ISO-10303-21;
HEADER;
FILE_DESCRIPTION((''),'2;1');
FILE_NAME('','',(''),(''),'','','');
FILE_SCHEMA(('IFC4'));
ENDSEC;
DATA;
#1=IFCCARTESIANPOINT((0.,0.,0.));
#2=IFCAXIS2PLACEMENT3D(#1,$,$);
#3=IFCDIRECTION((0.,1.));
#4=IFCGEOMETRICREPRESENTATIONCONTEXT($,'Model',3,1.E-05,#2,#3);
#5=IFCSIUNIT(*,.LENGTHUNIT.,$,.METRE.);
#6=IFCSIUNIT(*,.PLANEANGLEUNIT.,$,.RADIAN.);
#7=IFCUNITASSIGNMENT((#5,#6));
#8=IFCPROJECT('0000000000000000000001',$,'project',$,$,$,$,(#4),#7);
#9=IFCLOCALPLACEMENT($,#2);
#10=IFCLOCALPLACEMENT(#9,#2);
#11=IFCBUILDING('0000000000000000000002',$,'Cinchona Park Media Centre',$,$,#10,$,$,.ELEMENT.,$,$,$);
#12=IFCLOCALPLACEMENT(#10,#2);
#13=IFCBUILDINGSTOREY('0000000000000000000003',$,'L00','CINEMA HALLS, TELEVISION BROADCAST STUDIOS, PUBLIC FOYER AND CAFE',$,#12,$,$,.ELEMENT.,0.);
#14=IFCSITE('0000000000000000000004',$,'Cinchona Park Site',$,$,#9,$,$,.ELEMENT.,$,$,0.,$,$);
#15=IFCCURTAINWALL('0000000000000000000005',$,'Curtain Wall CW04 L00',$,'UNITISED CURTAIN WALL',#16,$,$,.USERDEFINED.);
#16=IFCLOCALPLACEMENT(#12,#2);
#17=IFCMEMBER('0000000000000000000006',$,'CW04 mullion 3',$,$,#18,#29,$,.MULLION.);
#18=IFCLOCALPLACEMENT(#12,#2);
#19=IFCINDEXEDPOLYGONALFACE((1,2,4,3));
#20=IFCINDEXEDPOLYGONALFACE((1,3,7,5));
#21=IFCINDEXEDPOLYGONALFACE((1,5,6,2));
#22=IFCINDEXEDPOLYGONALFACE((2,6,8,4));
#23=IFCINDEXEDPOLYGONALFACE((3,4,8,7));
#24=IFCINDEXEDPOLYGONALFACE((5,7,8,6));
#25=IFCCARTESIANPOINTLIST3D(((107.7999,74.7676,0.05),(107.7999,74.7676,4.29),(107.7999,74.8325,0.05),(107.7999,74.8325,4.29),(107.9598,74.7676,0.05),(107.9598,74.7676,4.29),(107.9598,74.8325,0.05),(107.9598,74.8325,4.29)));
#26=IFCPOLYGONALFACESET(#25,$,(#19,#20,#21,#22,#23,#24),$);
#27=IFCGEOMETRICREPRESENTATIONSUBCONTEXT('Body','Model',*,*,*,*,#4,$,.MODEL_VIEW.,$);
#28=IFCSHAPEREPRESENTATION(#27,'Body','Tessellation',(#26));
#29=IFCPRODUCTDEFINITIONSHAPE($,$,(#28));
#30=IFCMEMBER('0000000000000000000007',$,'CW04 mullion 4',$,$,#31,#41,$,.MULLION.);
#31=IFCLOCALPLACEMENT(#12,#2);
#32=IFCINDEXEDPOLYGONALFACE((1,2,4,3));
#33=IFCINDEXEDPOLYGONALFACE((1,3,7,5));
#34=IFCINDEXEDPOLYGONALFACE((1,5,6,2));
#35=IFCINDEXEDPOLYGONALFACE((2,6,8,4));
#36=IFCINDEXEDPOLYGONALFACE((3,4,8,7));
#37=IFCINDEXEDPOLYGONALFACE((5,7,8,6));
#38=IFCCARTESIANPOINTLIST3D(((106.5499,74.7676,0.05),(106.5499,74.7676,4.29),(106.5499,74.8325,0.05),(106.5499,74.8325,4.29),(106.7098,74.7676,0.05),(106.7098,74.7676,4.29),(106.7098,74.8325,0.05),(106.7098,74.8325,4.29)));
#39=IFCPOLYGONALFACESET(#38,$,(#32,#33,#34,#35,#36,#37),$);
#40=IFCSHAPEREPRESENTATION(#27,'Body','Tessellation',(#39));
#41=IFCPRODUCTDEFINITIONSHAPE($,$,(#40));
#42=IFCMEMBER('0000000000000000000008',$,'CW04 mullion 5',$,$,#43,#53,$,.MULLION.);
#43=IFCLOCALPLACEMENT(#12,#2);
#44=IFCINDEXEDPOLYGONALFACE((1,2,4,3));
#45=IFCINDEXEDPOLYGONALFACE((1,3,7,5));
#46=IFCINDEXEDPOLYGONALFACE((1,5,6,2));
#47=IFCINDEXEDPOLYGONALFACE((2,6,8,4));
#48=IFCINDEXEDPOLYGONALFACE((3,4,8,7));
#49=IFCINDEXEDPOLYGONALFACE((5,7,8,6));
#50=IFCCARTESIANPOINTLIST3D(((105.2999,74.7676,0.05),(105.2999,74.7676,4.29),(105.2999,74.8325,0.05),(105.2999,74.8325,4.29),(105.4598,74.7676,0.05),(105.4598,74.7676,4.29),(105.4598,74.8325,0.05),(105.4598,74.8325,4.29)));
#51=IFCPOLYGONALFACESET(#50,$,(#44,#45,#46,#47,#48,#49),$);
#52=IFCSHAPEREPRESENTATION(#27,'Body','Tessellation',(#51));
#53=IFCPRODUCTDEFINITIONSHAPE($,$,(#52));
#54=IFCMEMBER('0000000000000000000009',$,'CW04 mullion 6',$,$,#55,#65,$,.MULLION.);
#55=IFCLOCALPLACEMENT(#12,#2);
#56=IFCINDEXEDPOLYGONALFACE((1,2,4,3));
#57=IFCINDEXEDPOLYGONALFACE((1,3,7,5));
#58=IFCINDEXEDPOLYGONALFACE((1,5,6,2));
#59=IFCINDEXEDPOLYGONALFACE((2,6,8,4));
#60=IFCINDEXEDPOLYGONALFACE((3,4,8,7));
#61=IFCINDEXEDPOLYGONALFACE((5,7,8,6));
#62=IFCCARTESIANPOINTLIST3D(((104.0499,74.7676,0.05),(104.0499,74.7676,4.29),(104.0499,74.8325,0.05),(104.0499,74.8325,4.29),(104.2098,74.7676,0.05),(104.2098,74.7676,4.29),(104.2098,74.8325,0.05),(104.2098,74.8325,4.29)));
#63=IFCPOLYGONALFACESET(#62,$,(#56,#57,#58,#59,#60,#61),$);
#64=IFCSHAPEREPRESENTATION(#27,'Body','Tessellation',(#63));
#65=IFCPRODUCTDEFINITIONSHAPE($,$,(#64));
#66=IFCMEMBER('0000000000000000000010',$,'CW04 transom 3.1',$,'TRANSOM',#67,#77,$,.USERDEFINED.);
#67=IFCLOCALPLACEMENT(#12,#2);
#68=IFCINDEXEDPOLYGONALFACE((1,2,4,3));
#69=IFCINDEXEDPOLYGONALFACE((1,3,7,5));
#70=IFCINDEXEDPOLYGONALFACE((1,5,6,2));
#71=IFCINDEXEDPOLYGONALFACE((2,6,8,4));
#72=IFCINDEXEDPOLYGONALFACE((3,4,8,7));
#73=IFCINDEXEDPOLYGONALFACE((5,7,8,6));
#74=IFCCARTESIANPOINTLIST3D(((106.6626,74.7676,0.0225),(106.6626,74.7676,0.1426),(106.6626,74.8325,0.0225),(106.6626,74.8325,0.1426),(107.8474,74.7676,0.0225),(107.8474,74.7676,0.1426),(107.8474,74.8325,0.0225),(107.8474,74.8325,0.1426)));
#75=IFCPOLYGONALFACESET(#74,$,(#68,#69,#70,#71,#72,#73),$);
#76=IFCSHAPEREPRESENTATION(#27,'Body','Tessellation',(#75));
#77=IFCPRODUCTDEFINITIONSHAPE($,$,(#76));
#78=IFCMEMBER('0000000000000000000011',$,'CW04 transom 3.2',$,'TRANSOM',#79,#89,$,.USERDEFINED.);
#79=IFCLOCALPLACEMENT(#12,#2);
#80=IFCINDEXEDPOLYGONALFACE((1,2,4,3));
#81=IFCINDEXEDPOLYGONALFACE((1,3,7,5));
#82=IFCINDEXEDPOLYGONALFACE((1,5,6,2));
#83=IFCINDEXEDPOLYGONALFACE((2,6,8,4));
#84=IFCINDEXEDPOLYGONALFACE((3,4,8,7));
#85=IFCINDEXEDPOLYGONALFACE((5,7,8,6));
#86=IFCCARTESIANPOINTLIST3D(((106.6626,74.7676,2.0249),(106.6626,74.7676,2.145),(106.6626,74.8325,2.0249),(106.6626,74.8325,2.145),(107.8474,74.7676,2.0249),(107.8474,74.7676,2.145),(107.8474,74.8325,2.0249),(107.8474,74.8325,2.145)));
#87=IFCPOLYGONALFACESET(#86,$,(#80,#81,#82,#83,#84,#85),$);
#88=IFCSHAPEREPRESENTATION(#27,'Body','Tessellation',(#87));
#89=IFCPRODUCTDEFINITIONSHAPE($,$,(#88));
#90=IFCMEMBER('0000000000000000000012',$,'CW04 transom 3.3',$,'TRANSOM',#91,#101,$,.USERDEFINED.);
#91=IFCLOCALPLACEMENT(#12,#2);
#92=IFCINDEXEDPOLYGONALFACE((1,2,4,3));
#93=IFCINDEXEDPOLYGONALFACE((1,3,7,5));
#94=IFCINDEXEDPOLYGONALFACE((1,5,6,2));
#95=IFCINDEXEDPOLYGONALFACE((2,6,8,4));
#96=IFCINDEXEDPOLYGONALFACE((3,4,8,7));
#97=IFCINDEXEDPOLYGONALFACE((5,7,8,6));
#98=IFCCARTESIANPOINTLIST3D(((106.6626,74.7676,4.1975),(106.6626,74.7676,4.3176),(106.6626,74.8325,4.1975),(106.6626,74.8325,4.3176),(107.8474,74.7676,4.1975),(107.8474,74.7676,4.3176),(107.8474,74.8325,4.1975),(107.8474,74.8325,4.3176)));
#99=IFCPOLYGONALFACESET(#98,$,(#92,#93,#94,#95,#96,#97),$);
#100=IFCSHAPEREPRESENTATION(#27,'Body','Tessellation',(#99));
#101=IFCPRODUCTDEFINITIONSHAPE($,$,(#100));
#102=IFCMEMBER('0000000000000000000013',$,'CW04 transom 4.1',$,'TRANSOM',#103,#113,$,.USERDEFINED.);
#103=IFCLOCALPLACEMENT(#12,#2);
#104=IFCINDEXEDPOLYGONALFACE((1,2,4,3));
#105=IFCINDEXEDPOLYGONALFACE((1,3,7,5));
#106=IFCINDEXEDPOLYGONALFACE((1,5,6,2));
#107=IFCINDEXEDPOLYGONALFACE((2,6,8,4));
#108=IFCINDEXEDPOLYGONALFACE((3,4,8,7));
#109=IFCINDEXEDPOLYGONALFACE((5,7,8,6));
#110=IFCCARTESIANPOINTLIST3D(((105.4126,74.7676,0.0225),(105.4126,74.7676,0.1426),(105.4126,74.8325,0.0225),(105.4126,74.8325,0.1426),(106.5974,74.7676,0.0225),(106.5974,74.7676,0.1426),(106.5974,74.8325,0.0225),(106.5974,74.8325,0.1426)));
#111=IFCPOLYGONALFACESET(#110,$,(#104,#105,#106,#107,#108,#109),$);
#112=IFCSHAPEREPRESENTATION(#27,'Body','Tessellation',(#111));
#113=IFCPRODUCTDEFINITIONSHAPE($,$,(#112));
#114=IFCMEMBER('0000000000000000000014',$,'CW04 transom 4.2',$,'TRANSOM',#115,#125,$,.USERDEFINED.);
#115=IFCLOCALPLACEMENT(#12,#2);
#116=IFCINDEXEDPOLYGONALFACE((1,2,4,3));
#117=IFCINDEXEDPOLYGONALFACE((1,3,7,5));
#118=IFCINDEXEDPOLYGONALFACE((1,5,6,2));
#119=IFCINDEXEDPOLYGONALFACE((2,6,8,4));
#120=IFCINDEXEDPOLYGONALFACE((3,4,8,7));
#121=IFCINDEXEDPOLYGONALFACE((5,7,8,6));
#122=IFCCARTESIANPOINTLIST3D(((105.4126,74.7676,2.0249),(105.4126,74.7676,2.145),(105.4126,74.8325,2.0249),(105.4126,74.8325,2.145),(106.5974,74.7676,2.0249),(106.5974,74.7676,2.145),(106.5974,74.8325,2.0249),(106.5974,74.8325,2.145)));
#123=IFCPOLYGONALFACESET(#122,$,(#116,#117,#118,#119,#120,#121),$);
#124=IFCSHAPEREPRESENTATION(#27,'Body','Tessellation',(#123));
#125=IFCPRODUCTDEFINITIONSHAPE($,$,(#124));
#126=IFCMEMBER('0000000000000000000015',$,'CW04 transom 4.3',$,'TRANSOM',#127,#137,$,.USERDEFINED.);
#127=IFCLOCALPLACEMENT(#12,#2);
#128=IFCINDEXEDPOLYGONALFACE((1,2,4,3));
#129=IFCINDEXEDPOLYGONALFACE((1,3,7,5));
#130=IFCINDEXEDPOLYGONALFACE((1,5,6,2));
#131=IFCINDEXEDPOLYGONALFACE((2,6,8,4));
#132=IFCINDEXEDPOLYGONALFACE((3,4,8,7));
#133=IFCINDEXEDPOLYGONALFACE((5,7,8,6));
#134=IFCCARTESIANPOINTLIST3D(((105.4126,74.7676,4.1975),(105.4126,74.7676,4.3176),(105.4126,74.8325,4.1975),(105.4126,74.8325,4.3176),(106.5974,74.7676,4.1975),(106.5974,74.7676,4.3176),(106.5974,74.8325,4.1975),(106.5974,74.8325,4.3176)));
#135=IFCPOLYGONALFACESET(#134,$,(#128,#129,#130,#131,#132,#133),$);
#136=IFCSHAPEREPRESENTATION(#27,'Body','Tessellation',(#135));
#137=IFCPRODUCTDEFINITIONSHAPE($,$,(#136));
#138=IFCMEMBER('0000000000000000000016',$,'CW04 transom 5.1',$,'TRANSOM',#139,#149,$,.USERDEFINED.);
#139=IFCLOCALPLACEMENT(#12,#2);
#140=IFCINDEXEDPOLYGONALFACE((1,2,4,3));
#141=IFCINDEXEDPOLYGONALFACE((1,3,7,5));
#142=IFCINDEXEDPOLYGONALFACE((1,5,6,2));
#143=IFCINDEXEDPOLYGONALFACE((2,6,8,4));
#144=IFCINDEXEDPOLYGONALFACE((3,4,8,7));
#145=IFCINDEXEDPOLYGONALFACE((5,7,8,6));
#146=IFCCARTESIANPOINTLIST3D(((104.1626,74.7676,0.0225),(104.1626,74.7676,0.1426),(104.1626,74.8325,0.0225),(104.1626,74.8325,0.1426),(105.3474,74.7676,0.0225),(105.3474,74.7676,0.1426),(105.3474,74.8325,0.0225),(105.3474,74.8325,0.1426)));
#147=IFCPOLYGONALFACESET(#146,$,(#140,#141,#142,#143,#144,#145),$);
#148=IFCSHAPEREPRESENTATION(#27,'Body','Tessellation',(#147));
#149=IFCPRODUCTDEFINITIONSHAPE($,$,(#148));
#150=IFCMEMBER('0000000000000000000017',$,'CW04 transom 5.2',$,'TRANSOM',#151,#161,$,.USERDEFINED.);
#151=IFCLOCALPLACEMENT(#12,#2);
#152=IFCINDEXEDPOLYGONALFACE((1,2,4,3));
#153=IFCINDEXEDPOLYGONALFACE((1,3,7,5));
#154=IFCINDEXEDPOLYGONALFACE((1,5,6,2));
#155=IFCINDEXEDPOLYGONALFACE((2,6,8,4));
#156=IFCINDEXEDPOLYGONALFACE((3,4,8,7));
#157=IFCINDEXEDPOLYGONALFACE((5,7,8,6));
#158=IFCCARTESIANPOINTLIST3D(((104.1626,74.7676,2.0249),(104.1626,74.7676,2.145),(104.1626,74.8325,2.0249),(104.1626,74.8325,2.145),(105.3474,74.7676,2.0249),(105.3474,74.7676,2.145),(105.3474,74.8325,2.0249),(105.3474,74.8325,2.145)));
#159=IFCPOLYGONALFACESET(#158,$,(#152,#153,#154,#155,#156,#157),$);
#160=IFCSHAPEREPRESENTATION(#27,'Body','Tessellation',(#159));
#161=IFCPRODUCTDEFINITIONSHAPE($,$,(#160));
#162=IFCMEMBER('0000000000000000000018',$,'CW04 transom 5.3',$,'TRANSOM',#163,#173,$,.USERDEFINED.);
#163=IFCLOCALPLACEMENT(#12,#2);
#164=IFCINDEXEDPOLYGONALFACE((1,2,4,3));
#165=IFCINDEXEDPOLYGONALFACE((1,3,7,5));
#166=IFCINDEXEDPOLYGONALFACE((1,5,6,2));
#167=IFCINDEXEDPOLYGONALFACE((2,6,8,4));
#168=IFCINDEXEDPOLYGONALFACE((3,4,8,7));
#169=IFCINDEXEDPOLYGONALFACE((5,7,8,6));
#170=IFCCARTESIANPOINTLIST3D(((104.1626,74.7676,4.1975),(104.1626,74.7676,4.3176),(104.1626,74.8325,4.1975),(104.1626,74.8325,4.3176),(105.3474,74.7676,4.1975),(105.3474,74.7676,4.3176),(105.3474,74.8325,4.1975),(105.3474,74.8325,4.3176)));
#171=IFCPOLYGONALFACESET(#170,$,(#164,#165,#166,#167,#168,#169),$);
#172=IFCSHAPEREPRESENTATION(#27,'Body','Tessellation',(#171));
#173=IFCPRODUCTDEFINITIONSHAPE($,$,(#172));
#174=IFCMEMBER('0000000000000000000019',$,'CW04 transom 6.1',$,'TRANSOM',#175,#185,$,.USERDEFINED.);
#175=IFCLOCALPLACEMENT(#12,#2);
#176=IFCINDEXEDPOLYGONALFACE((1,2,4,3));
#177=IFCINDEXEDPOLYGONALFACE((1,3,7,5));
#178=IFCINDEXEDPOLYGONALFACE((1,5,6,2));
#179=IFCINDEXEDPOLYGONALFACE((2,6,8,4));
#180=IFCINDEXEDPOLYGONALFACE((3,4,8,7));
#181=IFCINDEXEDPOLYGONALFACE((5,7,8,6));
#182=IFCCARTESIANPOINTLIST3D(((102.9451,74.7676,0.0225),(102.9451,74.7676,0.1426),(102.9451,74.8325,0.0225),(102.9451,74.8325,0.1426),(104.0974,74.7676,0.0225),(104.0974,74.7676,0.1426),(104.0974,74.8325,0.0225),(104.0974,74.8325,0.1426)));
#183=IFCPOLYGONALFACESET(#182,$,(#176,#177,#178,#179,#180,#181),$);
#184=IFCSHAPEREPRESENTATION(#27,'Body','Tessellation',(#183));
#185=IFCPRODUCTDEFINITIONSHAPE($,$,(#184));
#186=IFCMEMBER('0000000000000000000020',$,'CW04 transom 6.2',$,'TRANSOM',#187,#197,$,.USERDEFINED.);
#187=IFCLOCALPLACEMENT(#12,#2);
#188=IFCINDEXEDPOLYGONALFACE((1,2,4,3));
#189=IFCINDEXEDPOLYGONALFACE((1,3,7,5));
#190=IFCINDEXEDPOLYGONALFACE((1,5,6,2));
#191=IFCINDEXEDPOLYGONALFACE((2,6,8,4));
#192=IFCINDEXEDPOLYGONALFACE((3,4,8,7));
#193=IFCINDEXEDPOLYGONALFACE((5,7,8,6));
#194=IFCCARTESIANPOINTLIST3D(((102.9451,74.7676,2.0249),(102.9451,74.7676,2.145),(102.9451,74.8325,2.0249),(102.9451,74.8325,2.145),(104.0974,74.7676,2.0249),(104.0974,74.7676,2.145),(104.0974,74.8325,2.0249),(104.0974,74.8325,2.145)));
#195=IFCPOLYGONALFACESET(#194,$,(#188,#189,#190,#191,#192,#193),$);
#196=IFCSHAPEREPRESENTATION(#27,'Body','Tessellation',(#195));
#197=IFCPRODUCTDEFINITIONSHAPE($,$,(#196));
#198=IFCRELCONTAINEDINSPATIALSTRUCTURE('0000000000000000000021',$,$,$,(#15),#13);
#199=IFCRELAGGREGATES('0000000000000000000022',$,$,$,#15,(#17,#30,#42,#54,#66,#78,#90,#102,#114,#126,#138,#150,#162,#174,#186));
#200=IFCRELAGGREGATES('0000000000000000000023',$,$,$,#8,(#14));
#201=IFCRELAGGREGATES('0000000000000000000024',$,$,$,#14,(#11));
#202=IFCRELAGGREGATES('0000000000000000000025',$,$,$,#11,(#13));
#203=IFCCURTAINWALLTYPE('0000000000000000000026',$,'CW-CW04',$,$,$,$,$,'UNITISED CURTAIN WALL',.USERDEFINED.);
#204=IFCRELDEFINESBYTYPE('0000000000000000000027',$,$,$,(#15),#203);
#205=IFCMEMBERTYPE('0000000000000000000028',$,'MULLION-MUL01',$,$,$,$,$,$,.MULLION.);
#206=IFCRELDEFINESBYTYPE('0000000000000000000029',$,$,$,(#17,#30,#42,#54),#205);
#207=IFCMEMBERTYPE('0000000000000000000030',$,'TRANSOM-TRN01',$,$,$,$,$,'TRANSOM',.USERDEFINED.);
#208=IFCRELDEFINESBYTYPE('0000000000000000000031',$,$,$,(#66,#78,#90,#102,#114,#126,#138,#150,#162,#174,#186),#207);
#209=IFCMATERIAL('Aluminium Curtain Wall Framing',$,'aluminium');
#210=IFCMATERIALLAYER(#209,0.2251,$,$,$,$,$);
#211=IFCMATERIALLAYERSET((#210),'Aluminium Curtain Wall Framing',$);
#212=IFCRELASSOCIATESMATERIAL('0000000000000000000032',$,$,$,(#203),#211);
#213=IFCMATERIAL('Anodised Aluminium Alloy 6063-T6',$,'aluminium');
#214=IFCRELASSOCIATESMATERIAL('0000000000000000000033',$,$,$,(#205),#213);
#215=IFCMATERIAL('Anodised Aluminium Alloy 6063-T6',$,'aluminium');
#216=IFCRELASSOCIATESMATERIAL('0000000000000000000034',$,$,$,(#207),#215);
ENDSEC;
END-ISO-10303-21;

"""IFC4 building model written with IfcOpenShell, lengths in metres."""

from ifc_helpers import new_model, si_unit, direction, frame, origin, origin_2d, place, context, subcontext, project, spatial, rectangle, extrude, material, layer, layer_set, material_profile, profile_set, type_object, element, aggregate, save


model = new_model("IFC4")

# Units and contexts
model_context = context("Model", 3, precision=1e-05, world=origin(), true_north=direction((0.0, 1.0)))
body_context = subcontext(model_context, "Body", "Model", "MODEL_VIEW")
ifc_project = project(units=[si_unit("LENGTHUNIT", "METRE"), si_unit("PLANEANGLEUNIT", "RADIAN")], contexts=[model_context])

# Site, building, storey
site_placement = place(None, origin())
site = spatial("IfcSite", under=ifc_project, at=site_placement, Name="Cinchona Park Site", CompositionType="ELEMENT", RefElevation=0.0)
building_placement = place(site_placement, origin())
building = spatial("IfcBuilding", under=site, at=building_placement, Name="Cinchona Park Media Centre", CompositionType="ELEMENT")
storey_placement = place(building_placement, origin())
storey = spatial("IfcBuildingStorey", under=building, at=storey_placement, Name="L00", Description="CINEMA HALLS, TELEVISION BROADCAST STUDIOS, PUBLIC FOYER AND CAFE", CompositionType="ELEMENT", Elevation=0.0)

# Curtain wall, members
ifc_material_1 = material(Name="Aluminium Curtain Wall Framing", Category="aluminium")
ifc_layer_1 = layer(ifc_material_1, 0.2251)
ifc_layer_set_1 = layer_set([ifc_layer_1], Name="Aluminium Curtain Wall Framing")
curtain_wall_type = type_object("IfcCurtainWallType", Name="CW-CW04", ElementType="UNITISED CURTAIN WALL", PredefinedType="USERDEFINED", material=ifc_layer_set_1)
curtain_wall_placement = place(storey_placement, origin())
curtain_wall = element("IfcCurtainWall", 1, at=curtain_wall_placement, inside=storey, type_object=curtain_wall_type, Name="Curtain Wall CW04 L00", ObjectType="UNITISED CURTAIN WALL", PredefinedType="USERDEFINED")
ifc_material_2 = material(Name="Anodised Aluminium Alloy 6063-T6", Category="aluminium")
ifc_material_profile_1 = material_profile(ifc_material_2, rectangle(XDim=0.0649, YDim=0.1599, at=origin_2d()), Name="MUL-65X160")
ifc_profile_set_1 = profile_set([ifc_material_profile_1], Name="Anodised Aluminium Alloy 6063-T6")
member_type_1 = type_object("IfcMemberType", Name="MULLION-MUL01", PredefinedType="MULLION", material=ifc_profile_set_1)
member_1_placement = place(storey_placement, frame((107.8799, 74.8, 0.05), z_axis=(0.0, 0.0, 1.0), x_axis=(0.0, -1.0, 0.0)))
member_1 = element("IfcMember", 2, at=member_1_placement, type_object=member_type_1, Name="CW04 mullion 3", PredefinedType="MULLION", context=body_context, shape_type="SweptSolid", body=[
    extrude(rectangle(XDim=0.0649, YDim=0.1599, at=origin_2d()), origin(), (0.0, 0.0, 1.0), 4.24),
])
member_2_placement = place(storey_placement, frame((106.6299, 74.8, 0.05), z_axis=(0.0, 0.0, 1.0), x_axis=(0.0, -1.0, 0.0)))
member_2 = element("IfcMember", 3, at=member_2_placement, type_object=member_type_1, Name="CW04 mullion 4", PredefinedType="MULLION", context=body_context, shape_type="SweptSolid", body=[
    extrude(rectangle(XDim=0.0649, YDim=0.1599, at=origin_2d()), origin(), (0.0, 0.0, 1.0), 4.24),
])
member_3_placement = place(storey_placement, frame((105.3799, 74.8, 0.05), z_axis=(0.0, 0.0, 1.0), x_axis=(0.0, -1.0, 0.0)))
member_3 = element("IfcMember", 4, at=member_3_placement, type_object=member_type_1, Name="CW04 mullion 5", PredefinedType="MULLION", context=body_context, shape_type="SweptSolid", body=[
    extrude(rectangle(XDim=0.0649, YDim=0.1599, at=origin_2d()), origin(), (0.0, 0.0, 1.0), 4.24),
])
member_4_placement = place(storey_placement, frame((104.1299, 74.8, 0.05), z_axis=(0.0, 0.0, 1.0), x_axis=(0.0, -1.0, 0.0)))
member_4 = element("IfcMember", 5, at=member_4_placement, type_object=member_type_1, Name="CW04 mullion 6", PredefinedType="MULLION", context=body_context, shape_type="SweptSolid", body=[
    extrude(rectangle(XDim=0.0649, YDim=0.1599, at=origin_2d()), origin(), (0.0, 0.0, 1.0), 4.24),
])
ifc_material_3 = material(Name="Anodised Aluminium Alloy 6063-T6", Category="aluminium")
ifc_material_profile_2 = material_profile(ifc_material_3, rectangle(XDim=0.0649, YDim=0.1201, at=origin_2d()), Name="TRN-65X120")
ifc_profile_set_2 = profile_set([ifc_material_profile_2], Name="Anodised Aluminium Alloy 6063-T6")
member_type_2 = type_object("IfcMemberType", Name="TRANSOM-TRN01", ElementType="TRANSOM", PredefinedType="USERDEFINED", material=ifc_profile_set_2)
member_5_placement = place(storey_placement, frame((107.8474, 74.8, 0.0825), z_axis=(-1.0, 0.0, 0.0), x_axis=(0.0, -1.0, 0.0)))
member_5 = element("IfcMember", 6, at=member_5_placement, type_object=member_type_2, Name="CW04 transom 3.1", ObjectType="TRANSOM", PredefinedType="USERDEFINED", context=body_context, shape_type="SweptSolid", body=[
    extrude(rectangle(XDim=0.0649, YDim=0.1201, at=origin_2d()), origin(), (0.0, 0.0, 1.0), 1.1848),
])
member_6_placement = place(storey_placement, frame((107.8474, 74.8, 2.085), z_axis=(-1.0, 0.0, 0.0), x_axis=(0.0, -1.0, 0.0)))
member_6 = element("IfcMember", 7, at=member_6_placement, type_object=member_type_2, Name="CW04 transom 3.2", ObjectType="TRANSOM", PredefinedType="USERDEFINED", context=body_context, shape_type="SweptSolid", body=[
    extrude(rectangle(XDim=0.0649, YDim=0.1201, at=origin_2d()), origin(), (0.0, 0.0, 1.0), 1.1848),
])
member_7_placement = place(storey_placement, frame((107.8474, 74.8, 4.2576), z_axis=(-1.0, 0.0, 0.0), x_axis=(0.0, -1.0, 0.0)))
member_7 = element("IfcMember", 8, at=member_7_placement, type_object=member_type_2, Name="CW04 transom 3.3", ObjectType="TRANSOM", PredefinedType="USERDEFINED", context=body_context, shape_type="SweptSolid", body=[
    extrude(rectangle(XDim=0.0649, YDim=0.1201, at=origin_2d()), origin(), (0.0, 0.0, 1.0), 1.1848),
])
member_8_placement = place(storey_placement, frame((106.5974, 74.8, 0.0825), z_axis=(-1.0, 0.0, 0.0), x_axis=(0.0, -1.0, 0.0)))
member_8 = element("IfcMember", 9, at=member_8_placement, type_object=member_type_2, Name="CW04 transom 4.1", ObjectType="TRANSOM", PredefinedType="USERDEFINED", context=body_context, shape_type="SweptSolid", body=[
    extrude(rectangle(XDim=0.0649, YDim=0.1201, at=origin_2d()), origin(), (0.0, 0.0, 1.0), 1.1848),
])
member_9_placement = place(storey_placement, frame((106.5974, 74.8, 2.085), z_axis=(-1.0, 0.0, 0.0), x_axis=(0.0, -1.0, 0.0)))
member_9 = element("IfcMember", 10, at=member_9_placement, type_object=member_type_2, Name="CW04 transom 4.2", ObjectType="TRANSOM", PredefinedType="USERDEFINED", context=body_context, shape_type="SweptSolid", body=[
    extrude(rectangle(XDim=0.0649, YDim=0.1201, at=origin_2d()), origin(), (0.0, 0.0, 1.0), 1.1848),
])
member_10_placement = place(storey_placement, frame((106.5974, 74.8, 4.2576), z_axis=(-1.0, 0.0, 0.0), x_axis=(0.0, -1.0, 0.0)))
member_10 = element("IfcMember", 11, at=member_10_placement, type_object=member_type_2, Name="CW04 transom 4.3", ObjectType="TRANSOM", PredefinedType="USERDEFINED", context=body_context, shape_type="SweptSolid", body=[
    extrude(rectangle(XDim=0.0649, YDim=0.1201, at=origin_2d()), origin(), (0.0, 0.0, 1.0), 1.1848),
])
member_11_placement = place(storey_placement, frame((105.3474, 74.8, 0.0825), z_axis=(-1.0, 0.0, 0.0), x_axis=(0.0, -1.0, 0.0)))
member_11 = element("IfcMember", 12, at=member_11_placement, type_object=member_type_2, Name="CW04 transom 5.1", ObjectType="TRANSOM", PredefinedType="USERDEFINED", context=body_context, shape_type="SweptSolid", body=[
    extrude(rectangle(XDim=0.0649, YDim=0.1201, at=origin_2d()), origin(), (0.0, 0.0, 1.0), 1.1848),
])
member_12_placement = place(storey_placement, frame((105.3474, 74.8, 2.085), z_axis=(-1.0, 0.0, 0.0), x_axis=(0.0, -1.0, 0.0)))
member_12 = element("IfcMember", 13, at=member_12_placement, type_object=member_type_2, Name="CW04 transom 5.2", ObjectType="TRANSOM", PredefinedType="USERDEFINED", context=body_context, shape_type="SweptSolid", body=[
    extrude(rectangle(XDim=0.0649, YDim=0.1201, at=origin_2d()), origin(), (0.0, 0.0, 1.0), 1.1848),
])
member_13_placement = place(storey_placement, frame((105.3474, 74.8, 4.2576), z_axis=(-1.0, 0.0, 0.0), x_axis=(0.0, -1.0, 0.0)))
member_13 = element("IfcMember", 14, at=member_13_placement, type_object=member_type_2, Name="CW04 transom 5.3", ObjectType="TRANSOM", PredefinedType="USERDEFINED", context=body_context, shape_type="SweptSolid", body=[
    extrude(rectangle(XDim=0.0649, YDim=0.1201, at=origin_2d()), origin(), (0.0, 0.0, 1.0), 1.1848),
])
member_14_placement = place(storey_placement, frame((104.0974, 74.8, 0.0825), z_axis=(-1.0, 0.0, 0.0), x_axis=(0.0, -1.0, 0.0)))
member_14 = element("IfcMember", 15, at=member_14_placement, type_object=member_type_2, Name="CW04 transom 6.1", ObjectType="TRANSOM", PredefinedType="USERDEFINED", context=body_context, shape_type="SweptSolid", body=[
    extrude(rectangle(XDim=0.0649, YDim=0.1201, at=origin_2d()), origin(), (0.0, 0.0, 1.0), 1.1523),
])
member_15_placement = place(storey_placement, frame((104.0974, 74.8, 2.085), z_axis=(-1.0, 0.0, 0.0), x_axis=(0.0, -1.0, 0.0)))
member_15 = element("IfcMember", 16, at=member_15_placement, type_object=member_type_2, Name="CW04 transom 6.2", ObjectType="TRANSOM", PredefinedType="USERDEFINED", context=body_context, shape_type="SweptSolid", body=[
    extrude(rectangle(XDim=0.0649, YDim=0.1201, at=origin_2d()), origin(), (0.0, 0.0, 1.0), 1.1523),
])
aggregate(curtain_wall, [member_1, member_2, member_3, member_4, member_5, member_6, member_7, member_8, member_9, member_10, member_11, member_12, member_13, member_14, member_15])

save(model, "model.ifc")
